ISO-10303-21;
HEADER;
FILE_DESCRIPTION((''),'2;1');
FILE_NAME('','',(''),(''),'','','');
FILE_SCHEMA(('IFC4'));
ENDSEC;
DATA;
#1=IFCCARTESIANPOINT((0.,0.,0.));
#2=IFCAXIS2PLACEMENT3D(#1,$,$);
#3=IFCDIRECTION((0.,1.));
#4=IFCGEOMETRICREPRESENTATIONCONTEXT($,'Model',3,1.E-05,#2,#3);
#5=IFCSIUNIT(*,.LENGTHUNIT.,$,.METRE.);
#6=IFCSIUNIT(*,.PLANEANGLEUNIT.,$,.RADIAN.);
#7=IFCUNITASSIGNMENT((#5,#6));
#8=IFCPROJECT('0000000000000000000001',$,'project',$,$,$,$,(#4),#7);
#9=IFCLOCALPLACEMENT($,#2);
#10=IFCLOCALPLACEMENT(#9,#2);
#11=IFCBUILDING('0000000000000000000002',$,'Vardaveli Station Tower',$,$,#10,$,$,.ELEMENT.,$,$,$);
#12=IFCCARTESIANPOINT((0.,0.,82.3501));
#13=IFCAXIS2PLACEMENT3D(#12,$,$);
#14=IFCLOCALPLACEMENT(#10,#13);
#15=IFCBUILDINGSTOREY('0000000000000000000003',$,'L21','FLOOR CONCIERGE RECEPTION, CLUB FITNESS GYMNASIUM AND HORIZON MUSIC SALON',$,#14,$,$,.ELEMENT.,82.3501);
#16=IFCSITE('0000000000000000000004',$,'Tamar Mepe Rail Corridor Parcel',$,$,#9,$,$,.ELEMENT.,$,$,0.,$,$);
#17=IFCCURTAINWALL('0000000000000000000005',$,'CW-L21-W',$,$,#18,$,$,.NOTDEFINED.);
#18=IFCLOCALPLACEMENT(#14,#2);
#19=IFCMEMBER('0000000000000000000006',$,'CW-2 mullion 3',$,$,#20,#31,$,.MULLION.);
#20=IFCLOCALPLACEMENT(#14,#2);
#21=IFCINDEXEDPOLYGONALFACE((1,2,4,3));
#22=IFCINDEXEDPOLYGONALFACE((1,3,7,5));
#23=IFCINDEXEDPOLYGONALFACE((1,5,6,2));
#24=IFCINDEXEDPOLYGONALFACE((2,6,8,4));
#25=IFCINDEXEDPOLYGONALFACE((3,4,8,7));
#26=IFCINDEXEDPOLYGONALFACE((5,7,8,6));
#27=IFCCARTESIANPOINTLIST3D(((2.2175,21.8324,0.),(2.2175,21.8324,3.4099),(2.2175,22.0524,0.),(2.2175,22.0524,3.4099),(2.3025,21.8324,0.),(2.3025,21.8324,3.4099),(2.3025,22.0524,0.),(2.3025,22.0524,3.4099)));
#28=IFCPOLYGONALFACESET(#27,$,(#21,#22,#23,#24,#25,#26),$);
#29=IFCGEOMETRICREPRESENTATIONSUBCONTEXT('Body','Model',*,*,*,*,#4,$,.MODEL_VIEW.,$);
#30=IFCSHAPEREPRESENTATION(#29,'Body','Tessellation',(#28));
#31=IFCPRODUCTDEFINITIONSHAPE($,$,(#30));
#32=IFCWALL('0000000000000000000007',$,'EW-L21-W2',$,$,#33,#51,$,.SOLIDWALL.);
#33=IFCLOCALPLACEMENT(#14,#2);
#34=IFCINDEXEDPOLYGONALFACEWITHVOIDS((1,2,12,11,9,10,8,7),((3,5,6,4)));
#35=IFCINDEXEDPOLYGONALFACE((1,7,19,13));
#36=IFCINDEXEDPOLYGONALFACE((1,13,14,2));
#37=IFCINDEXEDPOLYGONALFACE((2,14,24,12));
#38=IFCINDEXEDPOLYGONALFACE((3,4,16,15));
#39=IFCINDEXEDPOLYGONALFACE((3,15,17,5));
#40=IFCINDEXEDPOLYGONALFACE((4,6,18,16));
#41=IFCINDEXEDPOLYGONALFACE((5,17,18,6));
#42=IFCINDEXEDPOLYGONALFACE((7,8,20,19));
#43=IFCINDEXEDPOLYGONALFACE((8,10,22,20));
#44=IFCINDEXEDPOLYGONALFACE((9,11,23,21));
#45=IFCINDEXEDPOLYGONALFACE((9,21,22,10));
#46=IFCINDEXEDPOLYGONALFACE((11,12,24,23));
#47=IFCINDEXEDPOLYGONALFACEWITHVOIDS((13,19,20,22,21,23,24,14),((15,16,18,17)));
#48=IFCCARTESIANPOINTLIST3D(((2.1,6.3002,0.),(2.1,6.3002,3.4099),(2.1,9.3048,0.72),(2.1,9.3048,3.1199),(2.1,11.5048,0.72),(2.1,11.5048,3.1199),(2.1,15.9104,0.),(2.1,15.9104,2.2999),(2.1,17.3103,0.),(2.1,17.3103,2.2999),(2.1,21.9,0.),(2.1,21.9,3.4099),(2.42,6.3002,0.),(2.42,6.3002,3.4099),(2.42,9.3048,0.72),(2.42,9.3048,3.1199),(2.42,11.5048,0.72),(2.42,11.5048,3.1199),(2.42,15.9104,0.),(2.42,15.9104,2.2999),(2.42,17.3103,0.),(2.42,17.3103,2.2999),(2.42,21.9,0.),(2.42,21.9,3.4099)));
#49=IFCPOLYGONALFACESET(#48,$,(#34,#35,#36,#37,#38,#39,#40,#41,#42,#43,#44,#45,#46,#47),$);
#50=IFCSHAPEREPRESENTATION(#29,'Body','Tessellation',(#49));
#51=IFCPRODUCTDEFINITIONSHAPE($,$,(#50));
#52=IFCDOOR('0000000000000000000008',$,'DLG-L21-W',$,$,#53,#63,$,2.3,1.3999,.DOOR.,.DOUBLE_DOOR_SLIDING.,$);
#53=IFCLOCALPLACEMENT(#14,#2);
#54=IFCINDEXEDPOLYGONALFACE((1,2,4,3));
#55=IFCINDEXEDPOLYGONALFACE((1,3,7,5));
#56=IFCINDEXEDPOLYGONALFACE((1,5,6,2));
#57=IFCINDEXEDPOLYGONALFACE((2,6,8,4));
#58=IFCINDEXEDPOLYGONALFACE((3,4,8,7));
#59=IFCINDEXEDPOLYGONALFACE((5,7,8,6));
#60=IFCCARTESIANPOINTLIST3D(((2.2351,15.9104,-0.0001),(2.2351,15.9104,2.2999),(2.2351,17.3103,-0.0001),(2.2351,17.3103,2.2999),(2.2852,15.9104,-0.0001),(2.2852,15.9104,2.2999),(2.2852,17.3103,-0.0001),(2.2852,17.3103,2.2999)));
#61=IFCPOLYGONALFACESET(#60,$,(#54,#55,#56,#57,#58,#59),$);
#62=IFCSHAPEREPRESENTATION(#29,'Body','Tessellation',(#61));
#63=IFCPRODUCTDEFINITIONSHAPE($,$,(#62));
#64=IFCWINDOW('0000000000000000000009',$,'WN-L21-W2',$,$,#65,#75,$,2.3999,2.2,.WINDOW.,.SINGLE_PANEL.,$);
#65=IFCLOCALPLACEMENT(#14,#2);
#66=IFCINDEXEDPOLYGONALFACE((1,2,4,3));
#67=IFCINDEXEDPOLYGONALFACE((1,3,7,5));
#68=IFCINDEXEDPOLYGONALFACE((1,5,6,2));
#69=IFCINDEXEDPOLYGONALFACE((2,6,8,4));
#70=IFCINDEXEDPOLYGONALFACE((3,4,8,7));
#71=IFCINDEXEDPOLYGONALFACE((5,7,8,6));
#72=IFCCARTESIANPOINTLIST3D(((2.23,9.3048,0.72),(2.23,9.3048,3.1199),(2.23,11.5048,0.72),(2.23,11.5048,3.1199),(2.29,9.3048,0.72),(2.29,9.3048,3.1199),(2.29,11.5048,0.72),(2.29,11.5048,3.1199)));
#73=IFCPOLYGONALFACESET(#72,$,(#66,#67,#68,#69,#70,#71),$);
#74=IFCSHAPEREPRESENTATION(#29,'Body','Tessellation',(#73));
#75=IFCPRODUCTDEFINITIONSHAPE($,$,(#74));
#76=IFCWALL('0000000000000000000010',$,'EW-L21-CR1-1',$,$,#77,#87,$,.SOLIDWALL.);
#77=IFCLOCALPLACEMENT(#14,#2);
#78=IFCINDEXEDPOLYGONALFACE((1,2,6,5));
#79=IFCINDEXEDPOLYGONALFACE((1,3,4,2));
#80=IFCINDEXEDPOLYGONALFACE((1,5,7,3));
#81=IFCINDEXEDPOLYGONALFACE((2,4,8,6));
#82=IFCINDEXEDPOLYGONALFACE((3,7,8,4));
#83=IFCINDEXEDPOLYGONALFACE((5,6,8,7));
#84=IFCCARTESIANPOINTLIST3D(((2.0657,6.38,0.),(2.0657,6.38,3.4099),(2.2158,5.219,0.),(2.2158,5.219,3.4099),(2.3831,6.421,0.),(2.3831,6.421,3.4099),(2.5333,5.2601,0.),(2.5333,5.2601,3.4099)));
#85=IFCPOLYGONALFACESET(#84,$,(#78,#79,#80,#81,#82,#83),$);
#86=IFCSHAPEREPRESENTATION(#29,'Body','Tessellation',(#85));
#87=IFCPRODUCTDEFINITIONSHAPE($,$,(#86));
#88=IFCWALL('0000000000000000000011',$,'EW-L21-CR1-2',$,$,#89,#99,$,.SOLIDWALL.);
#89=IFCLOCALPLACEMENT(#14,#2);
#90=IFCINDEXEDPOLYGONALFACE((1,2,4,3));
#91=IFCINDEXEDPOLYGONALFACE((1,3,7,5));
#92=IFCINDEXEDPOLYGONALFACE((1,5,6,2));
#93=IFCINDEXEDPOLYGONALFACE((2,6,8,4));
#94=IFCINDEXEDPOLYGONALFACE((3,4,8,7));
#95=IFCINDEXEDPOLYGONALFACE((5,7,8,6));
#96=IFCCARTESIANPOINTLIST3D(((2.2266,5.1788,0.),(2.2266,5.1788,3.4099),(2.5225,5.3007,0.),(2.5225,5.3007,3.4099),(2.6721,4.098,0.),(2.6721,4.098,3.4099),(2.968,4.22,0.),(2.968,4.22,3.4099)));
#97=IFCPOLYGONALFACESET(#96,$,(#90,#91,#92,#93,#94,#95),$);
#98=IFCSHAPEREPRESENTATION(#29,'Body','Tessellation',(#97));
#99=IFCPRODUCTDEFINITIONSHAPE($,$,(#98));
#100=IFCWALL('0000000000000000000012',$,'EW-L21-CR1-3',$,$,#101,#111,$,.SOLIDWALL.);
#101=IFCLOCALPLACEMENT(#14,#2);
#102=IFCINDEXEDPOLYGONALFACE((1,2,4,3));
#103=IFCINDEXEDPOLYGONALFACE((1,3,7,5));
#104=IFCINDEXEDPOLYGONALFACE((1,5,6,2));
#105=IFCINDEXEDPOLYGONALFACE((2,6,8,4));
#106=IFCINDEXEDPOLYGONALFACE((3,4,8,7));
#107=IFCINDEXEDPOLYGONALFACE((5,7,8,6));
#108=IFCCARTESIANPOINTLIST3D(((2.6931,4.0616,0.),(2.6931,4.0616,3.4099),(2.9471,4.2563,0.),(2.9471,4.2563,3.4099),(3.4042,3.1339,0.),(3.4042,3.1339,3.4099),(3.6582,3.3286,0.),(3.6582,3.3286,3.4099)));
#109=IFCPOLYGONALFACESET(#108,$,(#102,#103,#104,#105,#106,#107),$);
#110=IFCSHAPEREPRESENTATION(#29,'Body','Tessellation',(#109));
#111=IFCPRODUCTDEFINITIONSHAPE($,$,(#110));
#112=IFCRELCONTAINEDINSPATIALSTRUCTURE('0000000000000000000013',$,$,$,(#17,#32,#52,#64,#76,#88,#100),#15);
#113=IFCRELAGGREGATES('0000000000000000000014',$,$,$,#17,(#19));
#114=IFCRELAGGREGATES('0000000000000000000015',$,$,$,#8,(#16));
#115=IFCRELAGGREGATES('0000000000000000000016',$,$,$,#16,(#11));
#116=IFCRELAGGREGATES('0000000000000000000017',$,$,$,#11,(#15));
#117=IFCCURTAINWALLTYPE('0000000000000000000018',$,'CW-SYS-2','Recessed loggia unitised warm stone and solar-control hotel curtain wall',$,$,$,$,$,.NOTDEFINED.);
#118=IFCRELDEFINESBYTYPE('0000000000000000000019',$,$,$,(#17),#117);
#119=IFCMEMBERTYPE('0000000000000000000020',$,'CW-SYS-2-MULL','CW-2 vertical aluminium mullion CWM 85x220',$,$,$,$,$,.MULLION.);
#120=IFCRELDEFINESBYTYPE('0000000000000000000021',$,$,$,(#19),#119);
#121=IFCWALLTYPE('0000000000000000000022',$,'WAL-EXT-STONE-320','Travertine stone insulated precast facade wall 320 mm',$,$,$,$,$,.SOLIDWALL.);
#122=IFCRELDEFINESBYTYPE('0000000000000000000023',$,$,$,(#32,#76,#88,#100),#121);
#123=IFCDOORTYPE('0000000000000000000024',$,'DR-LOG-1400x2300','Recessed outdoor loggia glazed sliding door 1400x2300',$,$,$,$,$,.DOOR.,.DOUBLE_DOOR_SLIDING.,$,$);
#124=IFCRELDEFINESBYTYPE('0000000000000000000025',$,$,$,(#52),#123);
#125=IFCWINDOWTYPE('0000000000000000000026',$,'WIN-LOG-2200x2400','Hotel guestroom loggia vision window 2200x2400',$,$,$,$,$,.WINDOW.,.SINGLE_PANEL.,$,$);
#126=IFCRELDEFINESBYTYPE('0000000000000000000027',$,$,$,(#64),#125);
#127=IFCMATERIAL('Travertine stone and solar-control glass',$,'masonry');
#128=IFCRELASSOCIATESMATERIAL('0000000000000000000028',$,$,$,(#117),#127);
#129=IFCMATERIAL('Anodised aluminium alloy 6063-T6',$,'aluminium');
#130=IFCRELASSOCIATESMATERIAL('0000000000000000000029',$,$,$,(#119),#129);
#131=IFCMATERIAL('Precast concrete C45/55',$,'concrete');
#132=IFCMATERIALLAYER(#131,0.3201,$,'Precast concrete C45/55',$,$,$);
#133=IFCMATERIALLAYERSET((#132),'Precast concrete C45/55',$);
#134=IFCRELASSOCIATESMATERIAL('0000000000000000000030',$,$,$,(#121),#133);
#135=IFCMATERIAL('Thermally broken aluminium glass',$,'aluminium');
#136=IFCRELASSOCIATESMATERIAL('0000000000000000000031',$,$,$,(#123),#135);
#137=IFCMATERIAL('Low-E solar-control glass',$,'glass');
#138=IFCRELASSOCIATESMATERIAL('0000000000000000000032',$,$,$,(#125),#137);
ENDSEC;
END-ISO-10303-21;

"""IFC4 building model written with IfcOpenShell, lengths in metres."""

from ifc_helpers import new_model, si_unit, direction, frame, frame_2d, origin, origin_2d, place, context, subcontext, project, spatial, rectangle, extrude, source, transform, mapped, material, layer, layer_set, material_profile, profile_set, type_object, element, fill, aggregate, save


model = new_model("IFC4")

# Units and contexts
model_context = context("Model", 3, precision=1e-05, world=origin(), true_north=direction((0.0, 1.0)))
body_context = subcontext(model_context, "Body", "Model", "MODEL_VIEW")
ifc_project = project(units=[si_unit("LENGTHUNIT", "METRE"), si_unit("PLANEANGLEUNIT", "RADIAN")], contexts=[model_context])

# Site, building, storey
site_placement = place(None, origin())
site = spatial("IfcSite", under=ifc_project, at=site_placement, Name="Tamar Mepe Rail Corridor Parcel", CompositionType="ELEMENT", RefElevation=0.0)
building_placement = place(site_placement, origin())
building = spatial("IfcBuilding", under=site, at=building_placement, Name="Vardaveli Station Tower", CompositionType="ELEMENT")
storey_placement = place(building_placement, frame((0.0, 0.0, 82.3501)))
storey = spatial("IfcBuildingStorey", under=building, at=storey_placement, Name="L21", Description="FLOOR CONCIERGE RECEPTION, CLUB FITNESS GYMNASIUM AND HORIZON MUSIC SALON", CompositionType="ELEMENT", Elevation=82.3501)

# Shared definitions
ifc_material_1 = material(Name="Precast concrete C45/55", Category="concrete")

# Curtain wall, member
ifc_material_2 = material(Name="Travertine stone and solar-control glass", Category="masonry")
curtain_wall_type = type_object("IfcCurtainWallType", Name="CW-SYS-2", Description="Recessed loggia unitised warm stone and solar-control hotel curtain wall", PredefinedType="NOTDEFINED", material=ifc_material_2)
curtain_wall_placement = place(storey_placement, origin())
curtain_wall = element("IfcCurtainWall", 1, at=curtain_wall_placement, inside=storey, type_object=curtain_wall_type, Name="CW-L21-W", PredefinedType="NOTDEFINED")
ifc_material_3 = material(Name="Anodised aluminium alloy 6063-T6", Category="aluminium")
ifc_material_profile_1 = material_profile(ifc_material_3, rectangle(XDim=0.085, YDim=0.22, at=origin_2d()), Name="CWM 85x220")
ifc_profile_set_1 = profile_set([ifc_material_profile_1], Name="Anodised aluminium alloy 6063-T6")
member_type = type_object("IfcMemberType", Name="CW-SYS-2-MULL", Description="CW-2 vertical aluminium mullion CWM 85x220", PredefinedType="MULLION", material=ifc_profile_set_1)
shared_shape_1 = source(origin(), body_context, "Body", "SweptSolid", [
    extrude(rectangle(XDim=0.085, YDim=0.22, at=origin_2d()), origin(), (0.0, 0.0, 1.0), 3.4099),
])
member_placement = place(storey_placement, frame((2.26, 21.9424, 0.0), z_axis=(0.0, 0.0, 1.0), x_axis=(1.0, 0.0, 0.0)))
member = element("IfcMember", 2, at=member_placement, type_object=member_type, Name="CW-2 mullion 3", PredefinedType="MULLION", context=body_context, shape_type="MappedRepresentation", body=[
    mapped(shared_shape_1, transform((0.0, 0.0, 0.0), scale=1.0)),
])
aggregate(curtain_wall, [member])

# Wall, openings, door, window
ifc_layer_1 = layer(ifc_material_1, 0.3201, Name="Precast concrete C45/55")
ifc_layer_set_1 = layer_set([ifc_layer_1], Name="Precast concrete C45/55")
wall_type_1 = type_object("IfcWallType", Name="WAL-EXT-STONE-320", Description="Travertine stone insulated precast facade wall 320 mm", PredefinedType="SOLIDWALL", material=ifc_layer_set_1)
shared_shape_2 = source(origin(), body_context, "Body", "SweptSolid", [
    extrude(rectangle(XDim=15.5999, YDim=0.3201, at=frame_2d((7.7998, 0.0))), origin(), (0.0, 0.0, 1.0), 3.4099),
])
wall_1_placement = place(storey_placement, frame((2.26, 21.8999, 0.0), z_axis=(0.0, 0.0, 1.0), x_axis=(0.0, -1.0, 0.0)))
wall_1 = element("IfcWall", 3, at=wall_1_placement, inside=storey, type_object=wall_type_1, Name="EW-L21-W2", PredefinedType="SOLIDWALL", context=body_context, shape_type="MappedRepresentation", body=[
    mapped(shared_shape_2, transform((0.0, 0.0, 0.0), scale=1.0)),
])
shared_shape_3 = source(origin(), body_context, "Body", "SweptSolid", [
    extrude(rectangle(XDim=1.3999, YDim=2.3, at=frame_2d((0.7, 1.1499))), frame((0.0, 0.1699, 0.0), z_axis=(0.0, -1.0, 0.0), x_axis=(1.0, 0.0, 0.0)), (0.0, 0.0, 1.0), 0.3401),
])
opening_1_placement = place(wall_1_placement, frame((4.5896, 0.0, 0.0)))
opening_1 = element("IfcOpeningElement", 4, at=opening_1_placement, cuts=wall_1, PredefinedType="OPENING", context=body_context, shape_type="MappedRepresentation", body=[
    mapped(shared_shape_3, transform((0.0, 0.0, 0.0), scale=1.0)),
])
shared_shape_4 = source(origin(), body_context, "Body", "SweptSolid", [
    extrude(rectangle(XDim=2.2, YDim=2.3999, at=frame_2d((1.1001, 1.2))), frame((0.0, 0.1699, 0.0), z_axis=(0.0, -1.0, 0.0), x_axis=(1.0, 0.0, 0.0)), (0.0, 0.0, 1.0), 0.3401),
])
opening_2_placement = place(wall_1_placement, frame((10.395, 0.0, 0.72)))
opening_2 = element("IfcOpeningElement", 5, at=opening_2_placement, cuts=wall_1, PredefinedType="OPENING", context=body_context, shape_type="MappedRepresentation", body=[
    mapped(shared_shape_4, transform((0.0, 0.0, 0.0), scale=1.0)),
])
ifc_material_4 = material(Name="Thermally broken aluminium glass", Category="aluminium")
door_type_1 = type_object("IfcDoorType", Name="DR-LOG-1400x2300", Description="Recessed outdoor loggia glazed sliding door 1400x2300", OperationType="DOUBLE_DOOR_SLIDING", PredefinedType="DOOR", material=ifc_material_4)
shared_shape_5 = source(origin(), body_context, "Body", "SweptSolid", [
    extrude(rectangle(XDim=1.3999, YDim=2.3, at=frame_2d((0.7, 1.1499))), frame((0.0, 0.0249, 0.0), z_axis=(0.0, -1.0, 0.0), x_axis=(1.0, 0.0, 0.0)), (0.0, 0.0, 1.0), 0.05),
])
door_1_placement = place(opening_1_placement, frame((1.3999, 0.0, 0.0), z_axis=(0.0, 0.0, 1.0), x_axis=(-1.0, 0.0, 0.0)))
door_1 = element("IfcDoor", 6, at=door_1_placement, inside=storey, type_object=door_type_1, Name="DLG-L21-W", OperationType="DOUBLE_DOOR_SLIDING", OverallHeight=2.3, OverallWidth=1.3999, PredefinedType="DOOR", context=body_context, shape_type="MappedRepresentation", body=[
    mapped(shared_shape_5, transform((0.0, 0.0, 0.0), scale=1.0)),
])
fill(opening_1, door_1)
ifc_material_5 = material(Name="Low-E solar-control glass", Category="glass")
window_type = type_object("IfcWindowType", Name="WIN-LOG-2200x2400", Description="Hotel guestroom loggia vision window 2200x2400", PartitioningType="SINGLE_PANEL", PredefinedType="WINDOW", material=ifc_material_5)
shared_shape_6 = source(origin(), body_context, "Body", "SweptSolid", [
    extrude(rectangle(XDim=2.2, YDim=2.3999, at=frame_2d((1.1001, 1.2))), frame((0.0, 0.03, 0.0), z_axis=(0.0, -1.0, 0.0), x_axis=(1.0, 0.0, 0.0)), (0.0, 0.0, 1.0), 0.0601),
])
window_placement = place(opening_2_placement, origin())
window = element("IfcWindow", 7, at=window_placement, inside=storey, type_object=window_type, Name="WN-L21-W2", OverallHeight=2.3999, OverallWidth=2.2, PartitioningType="SINGLE_PANEL", PredefinedType="WINDOW", context=body_context, shape_type="MappedRepresentation", body=[
    mapped(shared_shape_6, transform((0.0, 0.0, 0.0), scale=1.0)),
])
fill(opening_2, window)

# Walls
shared_shape_7 = source(origin(), body_context, "Body", "SweptSolid", [
    extrude(rectangle(XDim=1.1707, YDim=0.3201, at=frame_2d((0.5854, 0.0))), origin(), (0.0, 0.0, 1.0), 3.4099),
])
wall_2_placement = place(storey_placement, frame((2.2244, 6.4006, 0.0), z_axis=(0.0, 0.0, 1.0), x_axis=(0.128269, -0.991739, 0.0)))
element("IfcWall", 8, at=wall_2_placement, inside=storey, type_object=wall_type_1, Name="EW-L21-CR1-1", PredefinedType="SOLIDWALL", context=body_context, shape_type="MappedRepresentation", body=[
    mapped(shared_shape_7, transform((0.0, 0.0, 0.0), scale=1.0)),
])
shared_shape_8 = source(origin(), body_context, "Body", "SweptSolid", [
    extrude(rectangle(XDim=1.1689, YDim=0.3201, at=frame_2d((0.5845, 0.0))), origin(), (0.0, 0.0, 1.0), 3.4099),
])
for number, where, z_axis, x_axis, name in (
    (9, (2.3745, 5.2397, 0.0), (0.0, 0.0, 1.0), (0.381128, -0.924522, 0.0), "EW-L21-CR1-2"),
    (10, (2.8201, 4.1589, 0.0), (0.0, 0.0, 1.0), (0.608388, -0.79364, 0.0), "EW-L21-CR1-3"),
):
    element("IfcWall", number, at=place(storey_placement, frame(where, z_axis=z_axis, x_axis=x_axis)), inside=storey, type_object=wall_type_1, Name=name, PredefinedType="SOLIDWALL", context=body_context, shape_type="MappedRepresentation", body=[
        mapped(shared_shape_8, transform((0.0, 0.0, 0.0), scale=1.0)),
    ])

save(model, "model.ifc")
